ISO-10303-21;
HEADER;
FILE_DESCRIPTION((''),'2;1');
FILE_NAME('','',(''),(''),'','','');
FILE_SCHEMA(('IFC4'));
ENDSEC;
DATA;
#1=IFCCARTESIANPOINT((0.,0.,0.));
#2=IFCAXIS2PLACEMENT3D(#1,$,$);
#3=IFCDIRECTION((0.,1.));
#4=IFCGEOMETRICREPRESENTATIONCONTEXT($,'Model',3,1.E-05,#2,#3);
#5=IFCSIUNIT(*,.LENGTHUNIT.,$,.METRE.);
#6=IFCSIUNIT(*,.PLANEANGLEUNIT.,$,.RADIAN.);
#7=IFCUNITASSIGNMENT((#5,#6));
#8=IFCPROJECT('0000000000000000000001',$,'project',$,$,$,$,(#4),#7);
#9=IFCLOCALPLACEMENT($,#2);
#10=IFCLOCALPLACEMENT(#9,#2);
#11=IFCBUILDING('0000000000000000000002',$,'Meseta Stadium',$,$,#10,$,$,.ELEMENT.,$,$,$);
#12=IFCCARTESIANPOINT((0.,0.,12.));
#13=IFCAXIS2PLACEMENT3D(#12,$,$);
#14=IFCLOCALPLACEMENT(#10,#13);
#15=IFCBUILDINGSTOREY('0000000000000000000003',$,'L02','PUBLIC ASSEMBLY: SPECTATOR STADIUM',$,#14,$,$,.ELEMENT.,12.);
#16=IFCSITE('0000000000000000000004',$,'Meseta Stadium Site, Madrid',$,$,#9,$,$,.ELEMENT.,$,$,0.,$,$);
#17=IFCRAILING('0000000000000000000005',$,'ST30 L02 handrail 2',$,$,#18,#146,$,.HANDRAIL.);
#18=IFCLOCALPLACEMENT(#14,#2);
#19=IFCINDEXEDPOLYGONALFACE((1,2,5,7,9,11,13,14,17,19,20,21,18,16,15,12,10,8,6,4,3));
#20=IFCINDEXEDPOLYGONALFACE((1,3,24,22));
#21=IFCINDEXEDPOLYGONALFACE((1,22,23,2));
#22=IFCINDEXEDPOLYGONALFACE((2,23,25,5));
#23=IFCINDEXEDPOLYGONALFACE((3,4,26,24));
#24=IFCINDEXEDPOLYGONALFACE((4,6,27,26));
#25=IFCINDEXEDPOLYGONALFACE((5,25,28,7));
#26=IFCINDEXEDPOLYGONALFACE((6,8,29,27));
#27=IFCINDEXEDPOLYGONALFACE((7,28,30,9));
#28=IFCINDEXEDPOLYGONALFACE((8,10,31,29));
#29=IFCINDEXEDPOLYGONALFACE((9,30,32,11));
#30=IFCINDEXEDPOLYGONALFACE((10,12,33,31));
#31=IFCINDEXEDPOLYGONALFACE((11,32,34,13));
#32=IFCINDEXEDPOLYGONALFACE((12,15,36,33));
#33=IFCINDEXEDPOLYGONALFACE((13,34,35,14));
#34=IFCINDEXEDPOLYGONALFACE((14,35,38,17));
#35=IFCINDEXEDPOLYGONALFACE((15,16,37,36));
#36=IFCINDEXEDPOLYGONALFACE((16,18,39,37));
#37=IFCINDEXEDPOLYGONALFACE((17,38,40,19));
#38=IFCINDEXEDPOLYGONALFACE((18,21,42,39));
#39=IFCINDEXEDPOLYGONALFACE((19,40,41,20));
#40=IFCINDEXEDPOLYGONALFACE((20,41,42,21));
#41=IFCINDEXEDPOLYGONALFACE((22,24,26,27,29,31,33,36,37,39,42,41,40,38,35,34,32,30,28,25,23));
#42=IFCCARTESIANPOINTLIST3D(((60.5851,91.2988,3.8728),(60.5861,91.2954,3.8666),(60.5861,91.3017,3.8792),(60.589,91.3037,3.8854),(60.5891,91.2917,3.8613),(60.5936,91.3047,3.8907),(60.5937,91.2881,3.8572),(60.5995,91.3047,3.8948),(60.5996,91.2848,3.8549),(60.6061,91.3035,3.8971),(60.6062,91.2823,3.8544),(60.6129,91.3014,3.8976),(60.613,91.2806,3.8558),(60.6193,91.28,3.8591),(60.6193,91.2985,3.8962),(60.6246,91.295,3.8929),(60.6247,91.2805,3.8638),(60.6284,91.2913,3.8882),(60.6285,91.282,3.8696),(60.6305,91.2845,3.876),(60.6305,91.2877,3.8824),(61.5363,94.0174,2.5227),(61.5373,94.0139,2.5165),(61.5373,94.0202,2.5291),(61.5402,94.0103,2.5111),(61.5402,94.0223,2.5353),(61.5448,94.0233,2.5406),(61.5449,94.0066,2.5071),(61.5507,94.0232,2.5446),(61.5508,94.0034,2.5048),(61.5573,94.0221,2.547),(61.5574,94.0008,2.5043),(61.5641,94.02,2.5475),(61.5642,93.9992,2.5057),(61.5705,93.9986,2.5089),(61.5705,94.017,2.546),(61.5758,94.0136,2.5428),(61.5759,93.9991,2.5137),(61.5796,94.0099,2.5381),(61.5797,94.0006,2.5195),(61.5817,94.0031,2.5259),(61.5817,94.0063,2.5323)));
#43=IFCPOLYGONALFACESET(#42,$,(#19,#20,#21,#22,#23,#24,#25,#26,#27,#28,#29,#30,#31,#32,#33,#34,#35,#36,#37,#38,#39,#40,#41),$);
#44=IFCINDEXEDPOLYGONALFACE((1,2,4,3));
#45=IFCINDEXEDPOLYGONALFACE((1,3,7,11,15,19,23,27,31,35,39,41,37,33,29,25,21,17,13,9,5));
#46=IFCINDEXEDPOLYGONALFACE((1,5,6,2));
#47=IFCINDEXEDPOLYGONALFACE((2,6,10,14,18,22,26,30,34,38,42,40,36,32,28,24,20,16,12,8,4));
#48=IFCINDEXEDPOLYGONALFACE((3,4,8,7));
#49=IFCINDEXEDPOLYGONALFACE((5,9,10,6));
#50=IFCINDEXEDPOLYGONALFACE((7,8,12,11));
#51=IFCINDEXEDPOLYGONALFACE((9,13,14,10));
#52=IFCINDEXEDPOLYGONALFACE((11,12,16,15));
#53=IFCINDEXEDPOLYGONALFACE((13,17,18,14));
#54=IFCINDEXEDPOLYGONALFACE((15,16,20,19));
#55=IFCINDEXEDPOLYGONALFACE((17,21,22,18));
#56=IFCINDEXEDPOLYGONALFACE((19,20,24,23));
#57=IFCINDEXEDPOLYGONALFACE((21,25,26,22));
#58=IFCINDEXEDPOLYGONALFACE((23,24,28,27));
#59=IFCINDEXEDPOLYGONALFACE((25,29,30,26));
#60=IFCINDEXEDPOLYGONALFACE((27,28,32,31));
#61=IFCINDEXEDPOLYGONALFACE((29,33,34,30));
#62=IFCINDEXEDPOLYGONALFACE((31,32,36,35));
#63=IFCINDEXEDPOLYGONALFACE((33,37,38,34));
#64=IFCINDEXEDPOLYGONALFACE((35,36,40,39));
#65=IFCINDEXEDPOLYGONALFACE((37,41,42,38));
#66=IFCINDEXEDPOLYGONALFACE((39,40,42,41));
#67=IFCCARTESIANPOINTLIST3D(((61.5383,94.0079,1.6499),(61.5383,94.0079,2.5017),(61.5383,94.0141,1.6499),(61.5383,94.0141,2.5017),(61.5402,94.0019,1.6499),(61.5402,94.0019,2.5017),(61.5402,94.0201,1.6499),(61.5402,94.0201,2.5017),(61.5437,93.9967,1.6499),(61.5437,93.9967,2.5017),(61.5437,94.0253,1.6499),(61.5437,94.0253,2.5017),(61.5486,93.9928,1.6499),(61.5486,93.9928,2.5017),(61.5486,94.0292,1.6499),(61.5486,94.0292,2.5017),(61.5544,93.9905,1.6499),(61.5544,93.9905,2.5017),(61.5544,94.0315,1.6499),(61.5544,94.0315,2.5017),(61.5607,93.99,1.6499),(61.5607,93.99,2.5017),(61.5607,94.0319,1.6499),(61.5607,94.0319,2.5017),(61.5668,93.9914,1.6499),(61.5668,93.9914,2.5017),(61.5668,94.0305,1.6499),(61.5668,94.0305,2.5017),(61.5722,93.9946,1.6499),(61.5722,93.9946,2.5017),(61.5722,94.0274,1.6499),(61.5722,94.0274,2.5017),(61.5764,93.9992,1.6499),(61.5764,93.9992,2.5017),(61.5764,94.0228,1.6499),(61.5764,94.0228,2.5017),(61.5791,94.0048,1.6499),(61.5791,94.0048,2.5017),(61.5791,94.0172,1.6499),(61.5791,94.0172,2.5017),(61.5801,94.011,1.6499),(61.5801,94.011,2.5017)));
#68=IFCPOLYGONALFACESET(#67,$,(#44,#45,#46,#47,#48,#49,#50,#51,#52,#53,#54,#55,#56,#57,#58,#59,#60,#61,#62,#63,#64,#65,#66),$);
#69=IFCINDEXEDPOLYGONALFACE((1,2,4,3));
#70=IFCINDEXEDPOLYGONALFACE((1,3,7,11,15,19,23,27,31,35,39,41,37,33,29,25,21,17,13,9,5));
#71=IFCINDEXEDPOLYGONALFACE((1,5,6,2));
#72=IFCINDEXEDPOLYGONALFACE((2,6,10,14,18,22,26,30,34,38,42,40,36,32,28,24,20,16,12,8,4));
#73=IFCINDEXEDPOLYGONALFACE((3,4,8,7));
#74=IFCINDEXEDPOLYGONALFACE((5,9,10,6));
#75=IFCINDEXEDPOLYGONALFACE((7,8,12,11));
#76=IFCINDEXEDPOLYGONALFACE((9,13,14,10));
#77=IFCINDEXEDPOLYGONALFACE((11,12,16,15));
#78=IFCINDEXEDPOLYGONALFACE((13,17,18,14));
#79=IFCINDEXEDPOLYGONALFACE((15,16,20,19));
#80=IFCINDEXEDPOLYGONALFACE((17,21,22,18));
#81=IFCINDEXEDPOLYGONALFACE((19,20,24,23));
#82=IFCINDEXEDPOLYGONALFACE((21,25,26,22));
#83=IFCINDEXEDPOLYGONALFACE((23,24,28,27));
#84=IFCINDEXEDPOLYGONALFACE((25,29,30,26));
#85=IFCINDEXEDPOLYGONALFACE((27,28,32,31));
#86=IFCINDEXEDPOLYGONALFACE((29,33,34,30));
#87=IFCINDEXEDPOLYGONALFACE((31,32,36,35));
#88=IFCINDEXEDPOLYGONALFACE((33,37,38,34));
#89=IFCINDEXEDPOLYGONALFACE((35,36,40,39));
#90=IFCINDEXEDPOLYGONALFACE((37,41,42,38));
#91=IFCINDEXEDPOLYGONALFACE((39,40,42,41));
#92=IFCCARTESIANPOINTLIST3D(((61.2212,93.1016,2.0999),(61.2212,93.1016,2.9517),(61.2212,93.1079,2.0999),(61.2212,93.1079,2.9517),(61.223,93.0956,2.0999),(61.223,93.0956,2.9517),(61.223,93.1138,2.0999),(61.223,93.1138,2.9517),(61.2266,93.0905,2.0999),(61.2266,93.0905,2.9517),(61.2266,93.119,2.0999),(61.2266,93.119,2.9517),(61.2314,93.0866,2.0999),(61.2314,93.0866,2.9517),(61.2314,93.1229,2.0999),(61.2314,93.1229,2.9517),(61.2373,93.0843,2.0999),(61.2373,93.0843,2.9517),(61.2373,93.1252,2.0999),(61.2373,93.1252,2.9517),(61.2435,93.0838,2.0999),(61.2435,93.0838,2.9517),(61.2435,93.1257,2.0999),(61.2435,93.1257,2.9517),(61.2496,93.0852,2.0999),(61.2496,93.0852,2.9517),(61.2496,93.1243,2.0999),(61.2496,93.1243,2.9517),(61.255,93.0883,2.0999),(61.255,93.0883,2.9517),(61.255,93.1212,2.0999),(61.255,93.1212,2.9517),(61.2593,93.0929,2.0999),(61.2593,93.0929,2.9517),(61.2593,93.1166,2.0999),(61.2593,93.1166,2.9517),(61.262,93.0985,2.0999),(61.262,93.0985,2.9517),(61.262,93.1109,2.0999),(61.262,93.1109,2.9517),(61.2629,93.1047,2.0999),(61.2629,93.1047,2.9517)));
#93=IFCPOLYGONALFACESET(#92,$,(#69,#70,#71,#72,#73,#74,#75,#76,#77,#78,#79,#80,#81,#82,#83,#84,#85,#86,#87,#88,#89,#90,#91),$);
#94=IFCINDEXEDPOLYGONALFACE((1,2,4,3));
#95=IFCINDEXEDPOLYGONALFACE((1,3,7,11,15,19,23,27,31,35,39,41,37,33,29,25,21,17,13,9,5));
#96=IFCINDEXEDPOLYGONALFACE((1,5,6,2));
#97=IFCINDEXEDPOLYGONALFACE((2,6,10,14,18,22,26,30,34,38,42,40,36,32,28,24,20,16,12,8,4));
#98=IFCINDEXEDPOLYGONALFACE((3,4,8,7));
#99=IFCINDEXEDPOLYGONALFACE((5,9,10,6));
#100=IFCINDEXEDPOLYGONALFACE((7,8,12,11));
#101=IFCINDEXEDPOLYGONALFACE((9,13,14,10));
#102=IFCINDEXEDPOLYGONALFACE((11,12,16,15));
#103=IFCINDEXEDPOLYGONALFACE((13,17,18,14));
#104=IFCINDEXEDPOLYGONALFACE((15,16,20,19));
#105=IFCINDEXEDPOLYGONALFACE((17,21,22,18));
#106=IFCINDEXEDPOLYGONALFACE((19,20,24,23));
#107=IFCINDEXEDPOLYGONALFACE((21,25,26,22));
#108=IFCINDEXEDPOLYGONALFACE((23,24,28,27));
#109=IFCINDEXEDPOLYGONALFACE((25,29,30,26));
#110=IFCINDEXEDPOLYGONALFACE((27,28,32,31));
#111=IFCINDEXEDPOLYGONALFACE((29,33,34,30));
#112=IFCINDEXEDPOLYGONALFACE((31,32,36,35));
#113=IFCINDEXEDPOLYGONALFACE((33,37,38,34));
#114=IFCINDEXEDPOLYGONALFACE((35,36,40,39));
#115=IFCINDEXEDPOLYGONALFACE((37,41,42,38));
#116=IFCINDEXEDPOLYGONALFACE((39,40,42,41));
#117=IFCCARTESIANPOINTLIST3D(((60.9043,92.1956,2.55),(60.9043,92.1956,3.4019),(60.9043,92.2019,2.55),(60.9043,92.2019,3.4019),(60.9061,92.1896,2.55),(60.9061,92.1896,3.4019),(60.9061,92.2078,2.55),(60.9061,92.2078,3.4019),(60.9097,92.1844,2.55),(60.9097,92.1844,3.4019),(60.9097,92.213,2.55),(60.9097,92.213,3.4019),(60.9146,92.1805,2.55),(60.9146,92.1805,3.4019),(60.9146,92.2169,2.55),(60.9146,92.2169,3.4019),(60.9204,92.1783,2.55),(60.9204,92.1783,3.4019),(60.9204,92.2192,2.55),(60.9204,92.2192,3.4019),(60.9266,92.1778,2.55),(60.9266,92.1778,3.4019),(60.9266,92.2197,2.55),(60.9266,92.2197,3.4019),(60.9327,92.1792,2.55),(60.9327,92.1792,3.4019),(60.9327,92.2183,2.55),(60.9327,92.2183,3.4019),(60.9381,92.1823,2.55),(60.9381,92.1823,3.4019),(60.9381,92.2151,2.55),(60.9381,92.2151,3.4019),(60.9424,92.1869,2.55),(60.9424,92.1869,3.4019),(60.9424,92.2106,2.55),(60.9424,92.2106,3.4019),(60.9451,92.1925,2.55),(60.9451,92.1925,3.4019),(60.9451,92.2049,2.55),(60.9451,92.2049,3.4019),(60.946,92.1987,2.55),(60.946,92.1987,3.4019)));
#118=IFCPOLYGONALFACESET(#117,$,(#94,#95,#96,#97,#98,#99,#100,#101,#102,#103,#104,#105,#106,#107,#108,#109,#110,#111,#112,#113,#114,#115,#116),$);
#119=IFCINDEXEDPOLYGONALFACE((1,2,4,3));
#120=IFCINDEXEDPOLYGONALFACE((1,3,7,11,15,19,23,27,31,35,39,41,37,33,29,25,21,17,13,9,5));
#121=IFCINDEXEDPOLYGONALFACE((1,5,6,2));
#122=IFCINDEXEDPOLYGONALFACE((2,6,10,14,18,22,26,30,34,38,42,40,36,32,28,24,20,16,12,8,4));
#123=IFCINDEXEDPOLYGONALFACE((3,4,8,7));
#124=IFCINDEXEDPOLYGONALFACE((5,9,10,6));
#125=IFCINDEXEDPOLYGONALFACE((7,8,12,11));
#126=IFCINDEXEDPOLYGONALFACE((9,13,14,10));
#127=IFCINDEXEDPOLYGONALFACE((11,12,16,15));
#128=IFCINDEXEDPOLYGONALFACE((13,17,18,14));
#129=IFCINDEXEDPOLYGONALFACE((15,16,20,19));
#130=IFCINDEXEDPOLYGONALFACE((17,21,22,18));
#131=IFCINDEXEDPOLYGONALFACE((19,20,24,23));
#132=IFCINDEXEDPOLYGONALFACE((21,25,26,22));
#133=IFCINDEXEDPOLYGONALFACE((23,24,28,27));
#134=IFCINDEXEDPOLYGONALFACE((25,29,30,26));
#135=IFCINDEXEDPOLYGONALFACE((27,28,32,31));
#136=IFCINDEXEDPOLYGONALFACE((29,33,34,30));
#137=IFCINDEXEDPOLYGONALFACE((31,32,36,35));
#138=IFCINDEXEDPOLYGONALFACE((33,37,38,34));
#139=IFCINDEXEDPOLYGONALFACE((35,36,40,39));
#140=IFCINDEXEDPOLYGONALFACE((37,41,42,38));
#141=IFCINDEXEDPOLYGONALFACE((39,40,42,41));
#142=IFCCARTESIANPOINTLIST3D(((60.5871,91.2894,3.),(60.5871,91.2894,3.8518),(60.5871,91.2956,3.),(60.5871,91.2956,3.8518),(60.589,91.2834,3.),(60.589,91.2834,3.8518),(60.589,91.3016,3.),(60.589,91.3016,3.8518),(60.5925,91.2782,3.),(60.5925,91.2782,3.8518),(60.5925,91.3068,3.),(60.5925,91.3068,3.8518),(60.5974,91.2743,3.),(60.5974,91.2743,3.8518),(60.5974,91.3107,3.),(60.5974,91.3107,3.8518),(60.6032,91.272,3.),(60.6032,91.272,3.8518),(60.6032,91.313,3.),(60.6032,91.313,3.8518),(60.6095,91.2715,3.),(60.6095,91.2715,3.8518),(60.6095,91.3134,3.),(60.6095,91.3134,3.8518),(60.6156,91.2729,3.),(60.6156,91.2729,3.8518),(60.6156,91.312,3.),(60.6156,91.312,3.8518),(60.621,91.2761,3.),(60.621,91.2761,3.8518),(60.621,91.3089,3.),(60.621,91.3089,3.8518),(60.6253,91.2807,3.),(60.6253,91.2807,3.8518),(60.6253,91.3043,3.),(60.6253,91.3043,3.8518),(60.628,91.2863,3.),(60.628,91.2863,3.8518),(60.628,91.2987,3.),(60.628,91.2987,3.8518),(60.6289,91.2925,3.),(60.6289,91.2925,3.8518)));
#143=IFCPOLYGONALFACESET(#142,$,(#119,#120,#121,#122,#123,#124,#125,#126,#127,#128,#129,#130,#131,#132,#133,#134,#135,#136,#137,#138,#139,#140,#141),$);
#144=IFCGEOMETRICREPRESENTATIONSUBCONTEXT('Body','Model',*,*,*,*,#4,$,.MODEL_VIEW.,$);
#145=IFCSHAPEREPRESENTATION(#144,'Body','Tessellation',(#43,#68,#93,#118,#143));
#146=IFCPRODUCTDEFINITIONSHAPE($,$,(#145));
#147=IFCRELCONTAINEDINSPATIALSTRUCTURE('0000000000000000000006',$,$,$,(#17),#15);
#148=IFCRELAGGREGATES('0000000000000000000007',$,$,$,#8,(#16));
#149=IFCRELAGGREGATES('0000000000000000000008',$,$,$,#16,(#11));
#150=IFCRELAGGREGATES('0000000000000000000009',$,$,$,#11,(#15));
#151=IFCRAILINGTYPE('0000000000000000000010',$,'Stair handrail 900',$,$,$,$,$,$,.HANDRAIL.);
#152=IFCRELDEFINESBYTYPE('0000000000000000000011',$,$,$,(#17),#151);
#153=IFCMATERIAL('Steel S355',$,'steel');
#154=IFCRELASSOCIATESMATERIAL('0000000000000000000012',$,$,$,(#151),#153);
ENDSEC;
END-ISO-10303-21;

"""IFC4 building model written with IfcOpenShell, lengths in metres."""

from ifc_helpers import new_model, si_unit, direction, frame, origin, origin_2d, place, context, subcontext, project, spatial, circle, extrude, material, type_object, element, save


model = new_model("IFC4")

# Units and contexts
model_context = context("Model", 3, precision=1e-05, world=origin(), true_north=direction((0.0, 1.0)))
body_context = subcontext(model_context, "Body", "Model", "MODEL_VIEW")
ifc_project = project(units=[si_unit("LENGTHUNIT", "METRE"), si_unit("PLANEANGLEUNIT", "RADIAN")], contexts=[model_context])

# Site, building, storey
site_placement = place(None, origin())
site = spatial("IfcSite", under=ifc_project, at=site_placement, Name="Meseta Stadium Site, Madrid", CompositionType="ELEMENT", RefElevation=0.0)
building_placement = place(site_placement, origin())
building = spatial("IfcBuilding", under=site, at=building_placement, Name="Meseta Stadium", CompositionType="ELEMENT")
storey_placement = place(building_placement, frame((0.0, 0.0, 12.0)))
storey = spatial("IfcBuildingStorey", under=building, at=storey_placement, Name="L02", Description="PUBLIC ASSEMBLY: SPECTATOR STADIUM", CompositionType="ELEMENT", Elevation=12.0)

# Railing
ifc_material_1 = material(Name="Steel S355", Category="steel")
railing_type_1 = type_object("IfcRailingType", Name="Stair handrail 900", PredefinedType="HANDRAIL", material=ifc_material_1)
for number, where, name in (
    (1, (61.5591, 94.011, 1.6499), "ST30 L02 handrail 2"),
):
    element("IfcRailing", number, at=place(storey_placement, frame(where)), inside=storey, type_object=railing_type_1, Name=name, PredefinedType="HANDRAIL", context=body_context, shape_type="SweptSolid", body=[
        extrude(circle(Radius=0.0239, at=origin_2d()), frame((0.0, 0.0, 0.876), z_axis=(-0.299031, -0.854649, 0.424446), x_axis=(0.943891, -0.330256, 0.0)), (0.0, 0.0, 1.0), 3.1809),
        extrude(circle(Radius=0.021, at=origin_2d()), origin(), (0.0, 0.0, 1.0), 0.8518),
        extrude(circle(Radius=0.021, at=origin_2d()), frame((-0.3171, -0.9062, 0.45)), (0.0, 0.0, 1.0), 0.8518),
        extrude(circle(Radius=0.021, at=origin_2d()), frame((-0.634, -1.8123, 0.9001)), (0.0, 0.0, 1.0), 0.8518),
        extrude(circle(Radius=0.021, at=origin_2d()), frame((-0.9512, -2.7185, 1.3501)), (0.0, 0.0, 1.0), 0.8518),
    ])

save(model, "model.ifc")
